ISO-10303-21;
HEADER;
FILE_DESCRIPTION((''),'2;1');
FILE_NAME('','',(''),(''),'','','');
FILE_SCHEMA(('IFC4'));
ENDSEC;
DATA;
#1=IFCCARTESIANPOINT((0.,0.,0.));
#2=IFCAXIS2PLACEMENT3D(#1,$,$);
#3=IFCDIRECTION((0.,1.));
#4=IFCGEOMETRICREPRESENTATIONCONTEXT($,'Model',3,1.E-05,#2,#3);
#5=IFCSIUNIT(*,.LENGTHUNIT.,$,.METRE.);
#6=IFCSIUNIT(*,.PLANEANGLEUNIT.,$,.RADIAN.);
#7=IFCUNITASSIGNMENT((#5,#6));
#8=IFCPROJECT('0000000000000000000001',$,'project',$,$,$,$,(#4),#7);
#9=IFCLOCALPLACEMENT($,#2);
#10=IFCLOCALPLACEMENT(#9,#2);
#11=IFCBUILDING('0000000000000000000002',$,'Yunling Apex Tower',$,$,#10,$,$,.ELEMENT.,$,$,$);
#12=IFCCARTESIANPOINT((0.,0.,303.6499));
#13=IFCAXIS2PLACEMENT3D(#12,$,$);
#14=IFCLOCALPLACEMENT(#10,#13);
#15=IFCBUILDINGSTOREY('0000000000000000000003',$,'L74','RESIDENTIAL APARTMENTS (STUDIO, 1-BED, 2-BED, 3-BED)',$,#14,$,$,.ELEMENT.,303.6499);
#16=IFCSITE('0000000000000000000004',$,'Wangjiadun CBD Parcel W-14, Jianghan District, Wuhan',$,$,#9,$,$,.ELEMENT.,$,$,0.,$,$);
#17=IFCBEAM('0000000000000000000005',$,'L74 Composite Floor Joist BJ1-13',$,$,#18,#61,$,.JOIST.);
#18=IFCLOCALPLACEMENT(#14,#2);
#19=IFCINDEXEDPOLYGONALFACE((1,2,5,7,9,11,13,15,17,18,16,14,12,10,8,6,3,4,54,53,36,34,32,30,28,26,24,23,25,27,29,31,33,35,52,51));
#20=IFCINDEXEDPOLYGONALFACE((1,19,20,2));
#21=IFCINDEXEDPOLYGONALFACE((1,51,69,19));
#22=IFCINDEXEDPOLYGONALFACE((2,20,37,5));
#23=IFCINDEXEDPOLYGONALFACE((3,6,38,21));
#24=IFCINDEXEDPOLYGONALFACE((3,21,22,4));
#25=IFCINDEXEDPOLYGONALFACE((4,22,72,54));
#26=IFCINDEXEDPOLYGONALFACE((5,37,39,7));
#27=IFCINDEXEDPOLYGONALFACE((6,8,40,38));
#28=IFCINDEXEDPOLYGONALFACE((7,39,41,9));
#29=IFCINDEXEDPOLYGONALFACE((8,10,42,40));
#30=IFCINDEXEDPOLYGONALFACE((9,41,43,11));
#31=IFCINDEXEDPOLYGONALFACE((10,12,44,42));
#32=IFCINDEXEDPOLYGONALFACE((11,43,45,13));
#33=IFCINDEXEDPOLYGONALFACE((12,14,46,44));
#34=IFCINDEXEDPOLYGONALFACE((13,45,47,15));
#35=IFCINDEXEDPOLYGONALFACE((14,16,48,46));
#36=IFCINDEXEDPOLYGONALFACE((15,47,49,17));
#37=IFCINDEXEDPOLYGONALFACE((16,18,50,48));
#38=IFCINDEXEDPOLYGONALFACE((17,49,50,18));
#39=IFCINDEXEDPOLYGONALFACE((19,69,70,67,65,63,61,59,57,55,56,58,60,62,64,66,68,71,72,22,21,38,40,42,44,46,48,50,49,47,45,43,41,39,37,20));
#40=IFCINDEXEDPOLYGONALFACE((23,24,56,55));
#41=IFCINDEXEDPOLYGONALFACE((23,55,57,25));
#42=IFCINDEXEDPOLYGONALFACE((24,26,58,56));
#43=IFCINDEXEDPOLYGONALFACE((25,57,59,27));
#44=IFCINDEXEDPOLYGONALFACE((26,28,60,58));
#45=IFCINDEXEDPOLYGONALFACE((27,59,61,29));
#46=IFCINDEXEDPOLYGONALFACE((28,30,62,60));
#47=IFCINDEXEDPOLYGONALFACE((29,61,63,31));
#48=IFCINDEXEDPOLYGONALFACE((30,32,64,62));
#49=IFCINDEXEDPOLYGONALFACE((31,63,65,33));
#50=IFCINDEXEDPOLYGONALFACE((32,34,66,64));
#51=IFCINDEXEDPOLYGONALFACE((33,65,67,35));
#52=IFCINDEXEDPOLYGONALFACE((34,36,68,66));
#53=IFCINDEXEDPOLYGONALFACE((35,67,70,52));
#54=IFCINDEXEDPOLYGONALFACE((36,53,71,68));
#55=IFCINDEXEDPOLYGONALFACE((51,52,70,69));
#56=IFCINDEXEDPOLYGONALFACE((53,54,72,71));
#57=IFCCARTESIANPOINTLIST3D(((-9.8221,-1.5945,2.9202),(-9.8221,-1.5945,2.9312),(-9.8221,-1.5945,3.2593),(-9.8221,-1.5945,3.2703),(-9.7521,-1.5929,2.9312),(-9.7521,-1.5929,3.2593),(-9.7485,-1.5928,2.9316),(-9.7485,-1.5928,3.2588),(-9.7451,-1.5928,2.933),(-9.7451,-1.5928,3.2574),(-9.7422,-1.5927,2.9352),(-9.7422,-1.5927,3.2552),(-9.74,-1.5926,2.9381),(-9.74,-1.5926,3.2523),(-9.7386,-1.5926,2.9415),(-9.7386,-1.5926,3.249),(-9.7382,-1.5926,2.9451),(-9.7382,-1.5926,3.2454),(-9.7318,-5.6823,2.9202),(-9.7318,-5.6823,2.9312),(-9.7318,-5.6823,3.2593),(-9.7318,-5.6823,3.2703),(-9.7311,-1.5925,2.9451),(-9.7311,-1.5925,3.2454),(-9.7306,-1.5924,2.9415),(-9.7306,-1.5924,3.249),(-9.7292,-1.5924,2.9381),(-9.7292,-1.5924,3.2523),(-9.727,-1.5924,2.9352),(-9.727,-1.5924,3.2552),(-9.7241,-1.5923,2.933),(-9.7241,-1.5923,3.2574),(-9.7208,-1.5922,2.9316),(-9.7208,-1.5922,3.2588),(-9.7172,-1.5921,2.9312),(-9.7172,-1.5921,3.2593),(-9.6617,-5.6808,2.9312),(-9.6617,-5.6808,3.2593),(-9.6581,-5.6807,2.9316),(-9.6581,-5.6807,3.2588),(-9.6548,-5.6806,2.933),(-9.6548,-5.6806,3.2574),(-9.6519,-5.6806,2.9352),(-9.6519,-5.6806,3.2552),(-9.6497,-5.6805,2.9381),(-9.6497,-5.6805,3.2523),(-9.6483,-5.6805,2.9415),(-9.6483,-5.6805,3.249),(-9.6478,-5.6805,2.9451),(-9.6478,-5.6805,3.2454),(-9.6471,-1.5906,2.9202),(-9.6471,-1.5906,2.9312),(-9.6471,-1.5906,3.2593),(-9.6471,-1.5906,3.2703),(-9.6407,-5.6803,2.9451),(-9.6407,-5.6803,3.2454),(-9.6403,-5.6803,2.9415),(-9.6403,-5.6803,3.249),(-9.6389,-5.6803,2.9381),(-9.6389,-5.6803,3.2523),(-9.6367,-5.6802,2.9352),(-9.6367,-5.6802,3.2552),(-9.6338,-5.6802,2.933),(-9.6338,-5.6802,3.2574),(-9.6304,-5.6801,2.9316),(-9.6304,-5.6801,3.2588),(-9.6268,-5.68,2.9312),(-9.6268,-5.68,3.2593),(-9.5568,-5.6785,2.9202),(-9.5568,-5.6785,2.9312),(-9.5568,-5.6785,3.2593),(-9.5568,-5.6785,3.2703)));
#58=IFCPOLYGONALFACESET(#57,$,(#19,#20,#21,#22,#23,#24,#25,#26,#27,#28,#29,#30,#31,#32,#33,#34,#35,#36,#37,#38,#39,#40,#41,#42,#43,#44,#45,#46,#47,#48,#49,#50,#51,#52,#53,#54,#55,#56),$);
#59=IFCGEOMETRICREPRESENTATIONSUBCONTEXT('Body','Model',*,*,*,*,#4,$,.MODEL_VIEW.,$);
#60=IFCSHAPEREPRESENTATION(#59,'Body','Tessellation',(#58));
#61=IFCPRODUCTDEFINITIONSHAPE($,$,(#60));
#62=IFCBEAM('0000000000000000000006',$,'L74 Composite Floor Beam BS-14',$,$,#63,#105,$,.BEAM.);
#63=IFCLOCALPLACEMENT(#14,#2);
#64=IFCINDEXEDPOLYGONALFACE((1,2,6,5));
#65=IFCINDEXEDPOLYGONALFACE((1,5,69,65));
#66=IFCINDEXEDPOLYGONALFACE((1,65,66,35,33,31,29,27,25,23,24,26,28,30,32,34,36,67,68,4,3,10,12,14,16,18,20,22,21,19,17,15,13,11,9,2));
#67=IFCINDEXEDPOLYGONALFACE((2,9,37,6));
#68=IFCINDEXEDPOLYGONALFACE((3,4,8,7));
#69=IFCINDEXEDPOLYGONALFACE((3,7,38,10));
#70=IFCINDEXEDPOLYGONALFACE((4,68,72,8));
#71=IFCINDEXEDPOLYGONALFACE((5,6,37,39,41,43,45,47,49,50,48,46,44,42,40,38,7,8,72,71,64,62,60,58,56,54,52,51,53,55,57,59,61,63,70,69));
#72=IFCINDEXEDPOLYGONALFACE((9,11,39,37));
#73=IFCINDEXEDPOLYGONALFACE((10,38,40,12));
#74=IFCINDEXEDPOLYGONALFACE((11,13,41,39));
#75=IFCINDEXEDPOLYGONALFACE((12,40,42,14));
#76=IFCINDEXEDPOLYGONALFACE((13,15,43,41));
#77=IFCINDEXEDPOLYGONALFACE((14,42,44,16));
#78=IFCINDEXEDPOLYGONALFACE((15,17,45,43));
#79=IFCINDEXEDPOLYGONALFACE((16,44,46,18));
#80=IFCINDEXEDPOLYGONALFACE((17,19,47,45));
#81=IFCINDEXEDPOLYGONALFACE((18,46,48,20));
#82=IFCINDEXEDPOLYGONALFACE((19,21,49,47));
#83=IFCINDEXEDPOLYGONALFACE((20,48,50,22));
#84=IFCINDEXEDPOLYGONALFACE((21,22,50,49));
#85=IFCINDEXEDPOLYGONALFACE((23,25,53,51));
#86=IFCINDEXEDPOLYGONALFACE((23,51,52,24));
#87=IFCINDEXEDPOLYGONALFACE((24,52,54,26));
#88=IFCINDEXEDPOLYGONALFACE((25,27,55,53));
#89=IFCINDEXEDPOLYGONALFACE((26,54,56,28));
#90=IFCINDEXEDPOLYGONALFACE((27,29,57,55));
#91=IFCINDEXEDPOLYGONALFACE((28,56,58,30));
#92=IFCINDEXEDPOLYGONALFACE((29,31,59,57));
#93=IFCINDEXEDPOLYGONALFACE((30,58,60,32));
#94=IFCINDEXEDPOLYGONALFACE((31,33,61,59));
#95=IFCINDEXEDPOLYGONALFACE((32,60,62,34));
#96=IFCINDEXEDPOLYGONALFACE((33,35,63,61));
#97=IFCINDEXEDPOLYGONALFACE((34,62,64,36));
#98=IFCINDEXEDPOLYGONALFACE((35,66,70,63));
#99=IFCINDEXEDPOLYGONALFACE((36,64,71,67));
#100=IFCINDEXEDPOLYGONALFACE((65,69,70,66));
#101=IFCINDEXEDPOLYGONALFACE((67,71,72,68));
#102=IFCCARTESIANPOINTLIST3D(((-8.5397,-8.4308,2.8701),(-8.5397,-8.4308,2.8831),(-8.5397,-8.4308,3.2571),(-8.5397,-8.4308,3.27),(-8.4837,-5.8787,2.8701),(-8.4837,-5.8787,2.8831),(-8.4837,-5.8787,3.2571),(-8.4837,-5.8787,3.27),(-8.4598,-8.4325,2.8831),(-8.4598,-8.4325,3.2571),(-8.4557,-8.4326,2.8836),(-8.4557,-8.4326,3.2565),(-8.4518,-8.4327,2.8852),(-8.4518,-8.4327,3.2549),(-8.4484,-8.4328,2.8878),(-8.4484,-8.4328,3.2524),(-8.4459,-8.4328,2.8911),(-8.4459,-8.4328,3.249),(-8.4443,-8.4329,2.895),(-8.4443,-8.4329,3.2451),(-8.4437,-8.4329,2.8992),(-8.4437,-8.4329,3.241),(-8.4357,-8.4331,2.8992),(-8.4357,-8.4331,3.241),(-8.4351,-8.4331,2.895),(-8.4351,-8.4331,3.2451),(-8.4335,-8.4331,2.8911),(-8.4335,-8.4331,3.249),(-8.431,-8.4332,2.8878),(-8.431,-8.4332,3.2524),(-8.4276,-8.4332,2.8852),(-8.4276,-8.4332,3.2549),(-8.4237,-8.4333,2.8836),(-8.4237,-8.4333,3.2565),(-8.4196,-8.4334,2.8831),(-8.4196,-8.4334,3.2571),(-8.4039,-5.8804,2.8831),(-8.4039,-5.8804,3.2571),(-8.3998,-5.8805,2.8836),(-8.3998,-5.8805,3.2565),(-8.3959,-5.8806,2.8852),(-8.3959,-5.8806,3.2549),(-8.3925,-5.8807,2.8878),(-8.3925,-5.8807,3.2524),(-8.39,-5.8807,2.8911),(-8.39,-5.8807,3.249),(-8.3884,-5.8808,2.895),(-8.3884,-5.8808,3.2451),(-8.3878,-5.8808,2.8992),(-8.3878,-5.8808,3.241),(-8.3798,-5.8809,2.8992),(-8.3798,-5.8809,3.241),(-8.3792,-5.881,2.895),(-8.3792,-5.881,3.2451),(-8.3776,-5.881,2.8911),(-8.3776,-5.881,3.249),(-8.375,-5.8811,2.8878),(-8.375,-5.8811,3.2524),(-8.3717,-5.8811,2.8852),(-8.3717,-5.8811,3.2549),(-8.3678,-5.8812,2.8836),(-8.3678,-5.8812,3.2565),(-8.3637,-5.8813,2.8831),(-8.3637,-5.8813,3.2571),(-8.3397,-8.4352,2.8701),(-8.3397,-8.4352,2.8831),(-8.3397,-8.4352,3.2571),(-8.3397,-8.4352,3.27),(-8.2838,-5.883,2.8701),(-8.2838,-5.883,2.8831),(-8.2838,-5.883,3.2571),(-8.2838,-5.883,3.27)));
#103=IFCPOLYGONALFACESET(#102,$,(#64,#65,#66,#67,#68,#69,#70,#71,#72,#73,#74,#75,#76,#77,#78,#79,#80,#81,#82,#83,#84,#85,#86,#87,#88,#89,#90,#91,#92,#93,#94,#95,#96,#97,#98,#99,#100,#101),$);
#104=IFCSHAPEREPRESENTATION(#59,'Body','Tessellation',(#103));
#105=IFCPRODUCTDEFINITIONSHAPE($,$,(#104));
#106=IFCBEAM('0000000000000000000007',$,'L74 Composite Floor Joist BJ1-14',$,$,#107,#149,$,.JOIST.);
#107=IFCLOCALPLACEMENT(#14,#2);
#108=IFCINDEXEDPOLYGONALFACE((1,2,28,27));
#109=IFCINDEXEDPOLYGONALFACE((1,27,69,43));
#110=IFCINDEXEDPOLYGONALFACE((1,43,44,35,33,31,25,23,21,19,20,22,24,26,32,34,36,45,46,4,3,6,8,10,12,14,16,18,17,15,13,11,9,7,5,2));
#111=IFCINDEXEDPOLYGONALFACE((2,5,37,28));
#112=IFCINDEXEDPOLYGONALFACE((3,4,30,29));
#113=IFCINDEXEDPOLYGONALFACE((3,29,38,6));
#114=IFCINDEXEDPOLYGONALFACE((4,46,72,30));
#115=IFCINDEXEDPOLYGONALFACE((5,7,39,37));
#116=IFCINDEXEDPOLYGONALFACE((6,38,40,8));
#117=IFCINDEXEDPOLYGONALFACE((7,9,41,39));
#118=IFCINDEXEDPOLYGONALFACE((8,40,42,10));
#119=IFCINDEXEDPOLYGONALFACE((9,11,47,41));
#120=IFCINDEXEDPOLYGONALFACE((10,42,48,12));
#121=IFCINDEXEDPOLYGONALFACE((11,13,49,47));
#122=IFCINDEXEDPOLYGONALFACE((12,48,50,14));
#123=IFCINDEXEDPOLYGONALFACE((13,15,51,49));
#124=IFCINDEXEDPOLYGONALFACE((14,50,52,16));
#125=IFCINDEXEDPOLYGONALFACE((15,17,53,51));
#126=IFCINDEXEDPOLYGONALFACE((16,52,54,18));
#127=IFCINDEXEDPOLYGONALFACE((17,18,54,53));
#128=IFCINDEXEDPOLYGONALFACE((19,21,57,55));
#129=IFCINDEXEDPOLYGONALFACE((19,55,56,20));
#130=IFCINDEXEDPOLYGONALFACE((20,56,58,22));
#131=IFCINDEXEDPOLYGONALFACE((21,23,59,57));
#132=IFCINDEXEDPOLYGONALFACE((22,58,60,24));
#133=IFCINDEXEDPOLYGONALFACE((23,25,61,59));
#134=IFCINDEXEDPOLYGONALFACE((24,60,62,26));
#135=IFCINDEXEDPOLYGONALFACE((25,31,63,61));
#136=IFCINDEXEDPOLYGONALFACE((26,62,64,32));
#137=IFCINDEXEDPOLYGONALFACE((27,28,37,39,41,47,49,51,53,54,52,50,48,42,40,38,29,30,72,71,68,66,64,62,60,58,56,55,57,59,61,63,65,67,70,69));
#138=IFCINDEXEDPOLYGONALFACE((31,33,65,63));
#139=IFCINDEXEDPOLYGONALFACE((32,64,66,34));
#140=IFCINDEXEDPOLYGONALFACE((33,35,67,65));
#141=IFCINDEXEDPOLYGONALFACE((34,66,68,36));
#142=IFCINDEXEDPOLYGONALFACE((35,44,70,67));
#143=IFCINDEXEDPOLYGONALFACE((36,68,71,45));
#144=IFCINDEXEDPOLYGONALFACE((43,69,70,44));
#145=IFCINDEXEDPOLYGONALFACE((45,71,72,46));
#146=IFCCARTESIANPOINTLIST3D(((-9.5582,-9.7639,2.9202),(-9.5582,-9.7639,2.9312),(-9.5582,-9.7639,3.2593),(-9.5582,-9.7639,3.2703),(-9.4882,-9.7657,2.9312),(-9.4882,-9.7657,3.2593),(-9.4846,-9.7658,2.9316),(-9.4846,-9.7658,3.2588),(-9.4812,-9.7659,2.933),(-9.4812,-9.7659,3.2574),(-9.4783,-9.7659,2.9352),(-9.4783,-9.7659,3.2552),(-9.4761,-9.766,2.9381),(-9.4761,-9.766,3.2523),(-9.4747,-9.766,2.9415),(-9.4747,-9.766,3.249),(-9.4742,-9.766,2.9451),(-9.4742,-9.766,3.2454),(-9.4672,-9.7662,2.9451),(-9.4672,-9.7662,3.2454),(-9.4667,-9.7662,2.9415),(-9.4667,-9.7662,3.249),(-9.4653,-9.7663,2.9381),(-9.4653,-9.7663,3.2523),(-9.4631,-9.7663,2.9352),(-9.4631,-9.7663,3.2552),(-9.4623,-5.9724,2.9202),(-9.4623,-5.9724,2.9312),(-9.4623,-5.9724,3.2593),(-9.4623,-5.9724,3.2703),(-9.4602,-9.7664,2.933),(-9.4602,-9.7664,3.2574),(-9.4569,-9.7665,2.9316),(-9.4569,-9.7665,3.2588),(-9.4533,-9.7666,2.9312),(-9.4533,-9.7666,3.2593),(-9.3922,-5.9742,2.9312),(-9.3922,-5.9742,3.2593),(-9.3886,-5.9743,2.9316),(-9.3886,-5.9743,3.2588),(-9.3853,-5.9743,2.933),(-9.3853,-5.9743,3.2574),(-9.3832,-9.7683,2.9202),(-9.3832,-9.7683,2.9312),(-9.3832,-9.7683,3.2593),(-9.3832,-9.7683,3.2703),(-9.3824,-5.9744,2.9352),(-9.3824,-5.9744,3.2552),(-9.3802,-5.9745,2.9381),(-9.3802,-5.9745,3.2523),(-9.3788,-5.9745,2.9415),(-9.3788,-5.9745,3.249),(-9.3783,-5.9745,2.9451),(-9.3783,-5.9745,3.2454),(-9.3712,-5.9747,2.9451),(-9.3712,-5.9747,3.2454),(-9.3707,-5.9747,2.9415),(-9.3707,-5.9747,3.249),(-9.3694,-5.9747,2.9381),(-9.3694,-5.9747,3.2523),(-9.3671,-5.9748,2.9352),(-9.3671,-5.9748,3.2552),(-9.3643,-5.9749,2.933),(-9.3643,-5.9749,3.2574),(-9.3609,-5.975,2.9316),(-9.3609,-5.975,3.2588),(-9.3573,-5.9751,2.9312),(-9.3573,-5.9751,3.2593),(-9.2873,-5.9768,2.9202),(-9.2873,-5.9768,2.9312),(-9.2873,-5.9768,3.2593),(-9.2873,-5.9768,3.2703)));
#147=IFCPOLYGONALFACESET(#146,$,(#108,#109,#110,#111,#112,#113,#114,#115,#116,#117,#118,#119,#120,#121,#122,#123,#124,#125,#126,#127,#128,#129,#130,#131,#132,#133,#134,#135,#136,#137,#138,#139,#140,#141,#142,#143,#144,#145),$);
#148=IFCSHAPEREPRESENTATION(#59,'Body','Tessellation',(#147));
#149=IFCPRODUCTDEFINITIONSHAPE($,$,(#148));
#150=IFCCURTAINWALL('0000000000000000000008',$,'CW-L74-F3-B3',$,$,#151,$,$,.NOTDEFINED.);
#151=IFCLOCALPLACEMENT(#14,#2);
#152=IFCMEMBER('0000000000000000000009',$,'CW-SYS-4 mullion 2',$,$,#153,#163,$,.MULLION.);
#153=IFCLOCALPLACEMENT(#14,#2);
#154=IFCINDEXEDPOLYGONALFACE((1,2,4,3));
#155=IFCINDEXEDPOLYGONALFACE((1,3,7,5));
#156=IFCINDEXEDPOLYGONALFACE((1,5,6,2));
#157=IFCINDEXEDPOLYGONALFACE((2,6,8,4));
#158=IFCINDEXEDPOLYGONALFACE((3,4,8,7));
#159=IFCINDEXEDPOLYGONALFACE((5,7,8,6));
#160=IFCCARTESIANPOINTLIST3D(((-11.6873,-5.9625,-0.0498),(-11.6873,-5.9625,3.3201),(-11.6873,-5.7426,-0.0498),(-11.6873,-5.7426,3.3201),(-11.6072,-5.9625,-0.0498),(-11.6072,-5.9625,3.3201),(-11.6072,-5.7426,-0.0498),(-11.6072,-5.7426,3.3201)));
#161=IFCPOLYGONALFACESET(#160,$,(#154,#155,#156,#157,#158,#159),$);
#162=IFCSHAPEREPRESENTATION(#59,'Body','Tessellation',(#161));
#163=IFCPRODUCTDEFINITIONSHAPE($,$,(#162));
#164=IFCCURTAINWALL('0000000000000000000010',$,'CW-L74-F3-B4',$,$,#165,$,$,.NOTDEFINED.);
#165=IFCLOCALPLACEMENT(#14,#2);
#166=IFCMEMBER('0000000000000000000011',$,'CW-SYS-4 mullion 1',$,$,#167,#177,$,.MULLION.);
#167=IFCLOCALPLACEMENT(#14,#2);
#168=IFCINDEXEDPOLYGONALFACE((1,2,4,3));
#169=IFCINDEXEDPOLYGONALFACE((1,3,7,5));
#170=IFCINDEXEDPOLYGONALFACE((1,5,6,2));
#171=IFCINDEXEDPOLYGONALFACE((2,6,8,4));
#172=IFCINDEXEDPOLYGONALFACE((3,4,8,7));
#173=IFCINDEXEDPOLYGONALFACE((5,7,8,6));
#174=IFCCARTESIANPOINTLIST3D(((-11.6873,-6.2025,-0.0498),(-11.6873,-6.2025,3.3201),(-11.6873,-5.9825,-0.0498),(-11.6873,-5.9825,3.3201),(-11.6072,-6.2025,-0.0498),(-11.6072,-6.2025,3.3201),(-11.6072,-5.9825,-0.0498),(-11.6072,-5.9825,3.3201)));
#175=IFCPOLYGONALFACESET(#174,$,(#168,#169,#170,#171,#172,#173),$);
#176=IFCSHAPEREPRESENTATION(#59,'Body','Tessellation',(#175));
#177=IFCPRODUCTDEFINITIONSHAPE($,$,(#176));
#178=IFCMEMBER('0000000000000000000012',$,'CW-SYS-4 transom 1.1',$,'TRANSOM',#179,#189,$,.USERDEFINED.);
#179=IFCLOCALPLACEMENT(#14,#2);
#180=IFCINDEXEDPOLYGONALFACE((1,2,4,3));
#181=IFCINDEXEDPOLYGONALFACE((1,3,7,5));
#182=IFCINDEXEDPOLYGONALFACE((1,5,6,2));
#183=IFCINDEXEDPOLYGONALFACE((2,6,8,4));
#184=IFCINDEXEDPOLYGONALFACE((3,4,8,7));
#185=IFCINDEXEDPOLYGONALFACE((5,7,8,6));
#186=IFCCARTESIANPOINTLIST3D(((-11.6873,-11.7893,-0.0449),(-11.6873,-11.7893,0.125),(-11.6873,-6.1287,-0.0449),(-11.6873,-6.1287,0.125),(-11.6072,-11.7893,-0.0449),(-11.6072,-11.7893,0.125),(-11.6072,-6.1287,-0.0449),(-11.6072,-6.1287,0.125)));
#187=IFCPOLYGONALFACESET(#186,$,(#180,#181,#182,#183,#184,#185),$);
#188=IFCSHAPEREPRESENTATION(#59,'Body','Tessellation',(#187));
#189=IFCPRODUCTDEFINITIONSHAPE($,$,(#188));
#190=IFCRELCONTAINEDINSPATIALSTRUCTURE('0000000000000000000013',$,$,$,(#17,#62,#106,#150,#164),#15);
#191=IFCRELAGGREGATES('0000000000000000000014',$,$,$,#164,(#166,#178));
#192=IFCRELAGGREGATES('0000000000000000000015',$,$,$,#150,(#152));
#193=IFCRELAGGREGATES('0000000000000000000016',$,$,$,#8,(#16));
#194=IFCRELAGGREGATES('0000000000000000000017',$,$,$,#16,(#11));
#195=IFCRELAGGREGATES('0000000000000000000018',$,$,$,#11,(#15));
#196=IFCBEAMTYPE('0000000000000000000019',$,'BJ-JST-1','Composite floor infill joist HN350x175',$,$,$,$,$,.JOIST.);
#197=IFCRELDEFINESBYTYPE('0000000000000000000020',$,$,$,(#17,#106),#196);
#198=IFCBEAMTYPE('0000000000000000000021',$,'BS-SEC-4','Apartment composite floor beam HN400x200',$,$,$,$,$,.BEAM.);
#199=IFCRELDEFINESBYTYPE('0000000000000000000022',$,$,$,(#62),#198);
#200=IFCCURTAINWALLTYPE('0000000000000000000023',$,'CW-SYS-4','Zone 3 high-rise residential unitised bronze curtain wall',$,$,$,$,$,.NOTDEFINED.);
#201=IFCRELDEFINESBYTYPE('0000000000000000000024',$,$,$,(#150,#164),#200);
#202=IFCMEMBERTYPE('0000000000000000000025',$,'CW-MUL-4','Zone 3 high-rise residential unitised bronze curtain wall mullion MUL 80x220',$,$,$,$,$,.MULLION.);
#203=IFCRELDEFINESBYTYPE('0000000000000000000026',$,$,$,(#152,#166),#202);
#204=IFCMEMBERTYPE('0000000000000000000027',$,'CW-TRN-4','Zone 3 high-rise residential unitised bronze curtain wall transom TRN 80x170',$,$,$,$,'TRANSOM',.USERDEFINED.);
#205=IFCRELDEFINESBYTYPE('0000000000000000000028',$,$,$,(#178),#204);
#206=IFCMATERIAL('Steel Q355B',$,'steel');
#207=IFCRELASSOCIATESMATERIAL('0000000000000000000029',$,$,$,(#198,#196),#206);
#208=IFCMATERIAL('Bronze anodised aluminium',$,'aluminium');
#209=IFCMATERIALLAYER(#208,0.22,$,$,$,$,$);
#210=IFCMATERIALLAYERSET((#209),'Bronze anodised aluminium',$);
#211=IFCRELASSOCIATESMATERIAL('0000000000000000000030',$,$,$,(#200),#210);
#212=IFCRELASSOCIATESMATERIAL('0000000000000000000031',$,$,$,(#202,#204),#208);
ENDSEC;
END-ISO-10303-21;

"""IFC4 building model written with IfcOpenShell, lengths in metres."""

from ifc_helpers import new_model, si_unit, direction, frame, origin, origin_2d, place, context, subcontext, project, spatial, rectangle, i_section, extrude, source, transform, mapped, material, layer, layer_set, material_profile, profile_set, type_object, element, aggregate, save


model = new_model("IFC4")

# Units and contexts
model_context = context("Model", 3, precision=1e-05, world=origin(), true_north=direction((0.0, 1.0)))
body_context = subcontext(model_context, "Body", "Model", "MODEL_VIEW")
ifc_project = project(units=[si_unit("LENGTHUNIT", "METRE"), si_unit("PLANEANGLEUNIT", "RADIAN")], contexts=[model_context])

# Site, building, storey
site_placement = place(None, origin())
site = spatial("IfcSite", under=ifc_project, at=site_placement, Name="Wangjiadun CBD Parcel W-14, Jianghan District, Wuhan", CompositionType="ELEMENT", RefElevation=0.0)
building_placement = place(site_placement, origin())
building = spatial("IfcBuilding", under=site, at=building_placement, Name="Yunling Apex Tower", CompositionType="ELEMENT")
storey_placement = place(building_placement, frame((0.0, 0.0, 303.6499)))
storey = spatial("IfcBuildingStorey", under=building, at=storey_placement, Name="L74", Description="RESIDENTIAL APARTMENTS (STUDIO, 1-BED, 2-BED, 3-BED)", CompositionType="ELEMENT", Elevation=303.6499)

# Shared definitions
ifc_material_1 = material(Name="Steel Q355B", Category="steel")

# Beams
ifc_material_profile_1 = material_profile(ifc_material_1, i_section(OverallWidth=0.2, OverallDepth=0.3999, WebThickness=0.0081, FlangeThickness=0.0129, FilletRadius=0.0161, at=origin_2d()))
ifc_profile_set_1 = profile_set([ifc_material_profile_1], Name="Steel Q355B")
beam_type_1 = type_object("IfcBeamType", Name="BS-SEC-4", Description="Apartment composite floor beam HN400x200", PredefinedType="BEAM", material=ifc_profile_set_1)
ifc_material_profile_2 = material_profile(ifc_material_1, i_section(OverallWidth=0.175, OverallDepth=0.3501, WebThickness=0.0071, FlangeThickness=0.011, FilletRadius=0.0139, at=origin_2d()))
ifc_profile_set_2 = profile_set([ifc_material_profile_2], Name="Steel Q355B")
beam_type_2 = type_object("IfcBeamType", Name="BJ-JST-1", Description="Composite floor infill joist HN350x175", PredefinedType="JOIST", material=ifc_profile_set_2)
shared_shape_1 = source(origin(), body_context, "Body", "SweptSolid", [
    extrude(i_section(OverallWidth=0.175, OverallDepth=0.3501, WebThickness=0.0071, FlangeThickness=0.011, FilletRadius=0.0139, at=origin_2d()), origin(), (0.0, 0.0, 1.0), 4.0889),
])
beam_1_placement = place(storey_placement, frame((-9.7346, -1.5925, 3.0952), z_axis=(0.022092, -0.999756, 0.0), x_axis=(0.999756, 0.022092, 0.0)))
element("IfcBeam", 1, at=beam_1_placement, inside=storey, type_object=beam_type_2, Name="L74 Composite Floor Joist BJ1-13", PredefinedType="JOIST", context=body_context, shape_type="MappedRepresentation", body=[
    mapped(shared_shape_1, transform((0.0, 0.0, 0.0), scale=1.0)),
])
shared_shape_2 = source(origin(), body_context, "Body", "SweptSolid", [
    extrude(i_section(OverallWidth=0.2, OverallDepth=0.3999, WebThickness=0.0081, FlangeThickness=0.0129, FilletRadius=0.0161, at=origin_2d()), origin(), (0.0, 0.0, 1.0), 2.5527),
])
beam_2_placement = place(storey_placement, frame((-8.3838, -5.8809, 3.0701), z_axis=(-0.021902, -0.99976, 0.0), x_axis=(0.99976, -0.021902, 0.0)))
element("IfcBeam", 2, at=beam_2_placement, inside=storey, type_object=beam_type_1, Name="L74 Composite Floor Beam BS-14", PredefinedType="BEAM", context=body_context, shape_type="MappedRepresentation", body=[
    mapped(shared_shape_2, transform((0.0, 0.0, 0.0), scale=1.0)),
])
shared_shape_3 = source(origin(), body_context, "Body", "SweptSolid", [
    extrude(i_section(OverallWidth=0.175, OverallDepth=0.3501, WebThickness=0.0071, FlangeThickness=0.011, FilletRadius=0.0139, at=origin_2d()), origin(), (0.0, 0.0, 1.0), 3.7927),
])
beam_3_placement = place(storey_placement, frame((-9.3748, -5.9746, 3.0952), z_axis=(-0.025298, -0.99968, 0.0), x_axis=(0.99968, -0.025298, 0.0)))
element("IfcBeam", 3, at=beam_3_placement, inside=storey, type_object=beam_type_2, Name="L74 Composite Floor Joist BJ1-14", PredefinedType="JOIST", context=body_context, shape_type="MappedRepresentation", body=[
    mapped(shared_shape_3, transform((0.0, 0.0, 0.0), scale=1.0)),
])

# Curtain wall, member
ifc_material_2 = material(Name="Bronze anodised aluminium", Category="aluminium")
ifc_layer_1 = layer(ifc_material_2, 0.22)
ifc_layer_set_1 = layer_set([ifc_layer_1], Name="Bronze anodised aluminium")
curtain_wall_type = type_object("IfcCurtainWallType", Name="CW-SYS-4", Description="Zone 3 high-rise residential unitised bronze curtain wall", PredefinedType="NOTDEFINED", material=ifc_layer_set_1)
curtain_wall_1_placement = place(storey_placement, origin())
curtain_wall_1 = element("IfcCurtainWall", 4, at=curtain_wall_1_placement, inside=storey, type_object=curtain_wall_type, Name="CW-L74-F3-B3", PredefinedType="NOTDEFINED")
ifc_material_profile_3 = material_profile(ifc_material_2, rectangle(XDim=0.0801, YDim=0.22, at=origin_2d()))
ifc_profile_set_3 = profile_set([ifc_material_profile_3], Name="Bronze anodised aluminium")
member_type_1 = type_object("IfcMemberType", Name="CW-MUL-4", Description="Zone 3 high-rise residential unitised bronze curtain wall mullion MUL 80x220", PredefinedType="MULLION", material=ifc_profile_set_3)
shared_shape_4 = source(origin(), body_context, "Body", "SweptSolid", [
    extrude(rectangle(XDim=0.0801, YDim=0.22, at=origin_2d()), origin(), (0.0, 0.0, 1.0), 3.3699),
])
member_1_placement = place(storey_placement, frame((-11.6472, -5.8525, -0.0498), z_axis=(0.0, 0.0, 1.0), x_axis=(1.0, 0.0, 0.0)))
member_1 = element("IfcMember", 5, at=member_1_placement, type_object=member_type_1, Name="CW-SYS-4 mullion 2", PredefinedType="MULLION", context=body_context, shape_type="MappedRepresentation", body=[
    mapped(shared_shape_4, transform((0.0, 0.0, 0.0), scale=1.0)),
])

# Curtain wall, members
curtain_wall_2_placement = place(storey_placement, origin())
curtain_wall_2 = element("IfcCurtainWall", 6, at=curtain_wall_2_placement, inside=storey, type_object=curtain_wall_type, Name="CW-L74-F3-B4", PredefinedType="NOTDEFINED")
member_2_placement = place(storey_placement, frame((-11.6472, -6.0925, -0.0498), z_axis=(0.0, 0.0, 1.0), x_axis=(1.0, 0.0, 0.0)))
member_2 = element("IfcMember", 7, at=member_2_placement, type_object=member_type_1, Name="CW-SYS-4 mullion 1", PredefinedType="MULLION", context=body_context, shape_type="MappedRepresentation", body=[
    mapped(shared_shape_4, transform((0.0, 0.0, 0.0), scale=1.0)),
])
ifc_material_profile_4 = material_profile(ifc_material_2, rectangle(XDim=0.0801, YDim=0.1699, at=origin_2d()))
ifc_profile_set_4 = profile_set([ifc_material_profile_4], Name="Bronze anodised aluminium")
member_type_2 = type_object("IfcMemberType", Name="CW-TRN-4", Description="Zone 3 high-rise residential unitised bronze curtain wall transom TRN 80x170", ElementType="TRANSOM", PredefinedType="USERDEFINED", material=ifc_profile_set_4)
shared_shape_5 = source(origin(), body_context, "Body", "SweptSolid", [
    extrude(rectangle(XDim=0.0801, YDim=0.1699, at=origin_2d()), origin(), (0.0, 0.0, 1.0), 5.6606),
])
member_3_placement = place(storey_placement, frame((-11.6472, -6.1287, 0.04), z_axis=(0.0, -1.0, 0.0), x_axis=(1.0, 0.0, 0.0)))
member_3 = element("IfcMember", 8, at=member_3_placement, type_object=member_type_2, Name="CW-SYS-4 transom 1.1", ObjectType="TRANSOM", PredefinedType="USERDEFINED", context=body_context, shape_type="MappedRepresentation", body=[
    mapped(shared_shape_5, transform((0.0, 0.0, 0.0), scale=1.0)),
])
aggregate(curtain_wall_2, [member_2, member_3])

aggregate(curtain_wall_1, [member_1])

save(model, "model.ifc")
